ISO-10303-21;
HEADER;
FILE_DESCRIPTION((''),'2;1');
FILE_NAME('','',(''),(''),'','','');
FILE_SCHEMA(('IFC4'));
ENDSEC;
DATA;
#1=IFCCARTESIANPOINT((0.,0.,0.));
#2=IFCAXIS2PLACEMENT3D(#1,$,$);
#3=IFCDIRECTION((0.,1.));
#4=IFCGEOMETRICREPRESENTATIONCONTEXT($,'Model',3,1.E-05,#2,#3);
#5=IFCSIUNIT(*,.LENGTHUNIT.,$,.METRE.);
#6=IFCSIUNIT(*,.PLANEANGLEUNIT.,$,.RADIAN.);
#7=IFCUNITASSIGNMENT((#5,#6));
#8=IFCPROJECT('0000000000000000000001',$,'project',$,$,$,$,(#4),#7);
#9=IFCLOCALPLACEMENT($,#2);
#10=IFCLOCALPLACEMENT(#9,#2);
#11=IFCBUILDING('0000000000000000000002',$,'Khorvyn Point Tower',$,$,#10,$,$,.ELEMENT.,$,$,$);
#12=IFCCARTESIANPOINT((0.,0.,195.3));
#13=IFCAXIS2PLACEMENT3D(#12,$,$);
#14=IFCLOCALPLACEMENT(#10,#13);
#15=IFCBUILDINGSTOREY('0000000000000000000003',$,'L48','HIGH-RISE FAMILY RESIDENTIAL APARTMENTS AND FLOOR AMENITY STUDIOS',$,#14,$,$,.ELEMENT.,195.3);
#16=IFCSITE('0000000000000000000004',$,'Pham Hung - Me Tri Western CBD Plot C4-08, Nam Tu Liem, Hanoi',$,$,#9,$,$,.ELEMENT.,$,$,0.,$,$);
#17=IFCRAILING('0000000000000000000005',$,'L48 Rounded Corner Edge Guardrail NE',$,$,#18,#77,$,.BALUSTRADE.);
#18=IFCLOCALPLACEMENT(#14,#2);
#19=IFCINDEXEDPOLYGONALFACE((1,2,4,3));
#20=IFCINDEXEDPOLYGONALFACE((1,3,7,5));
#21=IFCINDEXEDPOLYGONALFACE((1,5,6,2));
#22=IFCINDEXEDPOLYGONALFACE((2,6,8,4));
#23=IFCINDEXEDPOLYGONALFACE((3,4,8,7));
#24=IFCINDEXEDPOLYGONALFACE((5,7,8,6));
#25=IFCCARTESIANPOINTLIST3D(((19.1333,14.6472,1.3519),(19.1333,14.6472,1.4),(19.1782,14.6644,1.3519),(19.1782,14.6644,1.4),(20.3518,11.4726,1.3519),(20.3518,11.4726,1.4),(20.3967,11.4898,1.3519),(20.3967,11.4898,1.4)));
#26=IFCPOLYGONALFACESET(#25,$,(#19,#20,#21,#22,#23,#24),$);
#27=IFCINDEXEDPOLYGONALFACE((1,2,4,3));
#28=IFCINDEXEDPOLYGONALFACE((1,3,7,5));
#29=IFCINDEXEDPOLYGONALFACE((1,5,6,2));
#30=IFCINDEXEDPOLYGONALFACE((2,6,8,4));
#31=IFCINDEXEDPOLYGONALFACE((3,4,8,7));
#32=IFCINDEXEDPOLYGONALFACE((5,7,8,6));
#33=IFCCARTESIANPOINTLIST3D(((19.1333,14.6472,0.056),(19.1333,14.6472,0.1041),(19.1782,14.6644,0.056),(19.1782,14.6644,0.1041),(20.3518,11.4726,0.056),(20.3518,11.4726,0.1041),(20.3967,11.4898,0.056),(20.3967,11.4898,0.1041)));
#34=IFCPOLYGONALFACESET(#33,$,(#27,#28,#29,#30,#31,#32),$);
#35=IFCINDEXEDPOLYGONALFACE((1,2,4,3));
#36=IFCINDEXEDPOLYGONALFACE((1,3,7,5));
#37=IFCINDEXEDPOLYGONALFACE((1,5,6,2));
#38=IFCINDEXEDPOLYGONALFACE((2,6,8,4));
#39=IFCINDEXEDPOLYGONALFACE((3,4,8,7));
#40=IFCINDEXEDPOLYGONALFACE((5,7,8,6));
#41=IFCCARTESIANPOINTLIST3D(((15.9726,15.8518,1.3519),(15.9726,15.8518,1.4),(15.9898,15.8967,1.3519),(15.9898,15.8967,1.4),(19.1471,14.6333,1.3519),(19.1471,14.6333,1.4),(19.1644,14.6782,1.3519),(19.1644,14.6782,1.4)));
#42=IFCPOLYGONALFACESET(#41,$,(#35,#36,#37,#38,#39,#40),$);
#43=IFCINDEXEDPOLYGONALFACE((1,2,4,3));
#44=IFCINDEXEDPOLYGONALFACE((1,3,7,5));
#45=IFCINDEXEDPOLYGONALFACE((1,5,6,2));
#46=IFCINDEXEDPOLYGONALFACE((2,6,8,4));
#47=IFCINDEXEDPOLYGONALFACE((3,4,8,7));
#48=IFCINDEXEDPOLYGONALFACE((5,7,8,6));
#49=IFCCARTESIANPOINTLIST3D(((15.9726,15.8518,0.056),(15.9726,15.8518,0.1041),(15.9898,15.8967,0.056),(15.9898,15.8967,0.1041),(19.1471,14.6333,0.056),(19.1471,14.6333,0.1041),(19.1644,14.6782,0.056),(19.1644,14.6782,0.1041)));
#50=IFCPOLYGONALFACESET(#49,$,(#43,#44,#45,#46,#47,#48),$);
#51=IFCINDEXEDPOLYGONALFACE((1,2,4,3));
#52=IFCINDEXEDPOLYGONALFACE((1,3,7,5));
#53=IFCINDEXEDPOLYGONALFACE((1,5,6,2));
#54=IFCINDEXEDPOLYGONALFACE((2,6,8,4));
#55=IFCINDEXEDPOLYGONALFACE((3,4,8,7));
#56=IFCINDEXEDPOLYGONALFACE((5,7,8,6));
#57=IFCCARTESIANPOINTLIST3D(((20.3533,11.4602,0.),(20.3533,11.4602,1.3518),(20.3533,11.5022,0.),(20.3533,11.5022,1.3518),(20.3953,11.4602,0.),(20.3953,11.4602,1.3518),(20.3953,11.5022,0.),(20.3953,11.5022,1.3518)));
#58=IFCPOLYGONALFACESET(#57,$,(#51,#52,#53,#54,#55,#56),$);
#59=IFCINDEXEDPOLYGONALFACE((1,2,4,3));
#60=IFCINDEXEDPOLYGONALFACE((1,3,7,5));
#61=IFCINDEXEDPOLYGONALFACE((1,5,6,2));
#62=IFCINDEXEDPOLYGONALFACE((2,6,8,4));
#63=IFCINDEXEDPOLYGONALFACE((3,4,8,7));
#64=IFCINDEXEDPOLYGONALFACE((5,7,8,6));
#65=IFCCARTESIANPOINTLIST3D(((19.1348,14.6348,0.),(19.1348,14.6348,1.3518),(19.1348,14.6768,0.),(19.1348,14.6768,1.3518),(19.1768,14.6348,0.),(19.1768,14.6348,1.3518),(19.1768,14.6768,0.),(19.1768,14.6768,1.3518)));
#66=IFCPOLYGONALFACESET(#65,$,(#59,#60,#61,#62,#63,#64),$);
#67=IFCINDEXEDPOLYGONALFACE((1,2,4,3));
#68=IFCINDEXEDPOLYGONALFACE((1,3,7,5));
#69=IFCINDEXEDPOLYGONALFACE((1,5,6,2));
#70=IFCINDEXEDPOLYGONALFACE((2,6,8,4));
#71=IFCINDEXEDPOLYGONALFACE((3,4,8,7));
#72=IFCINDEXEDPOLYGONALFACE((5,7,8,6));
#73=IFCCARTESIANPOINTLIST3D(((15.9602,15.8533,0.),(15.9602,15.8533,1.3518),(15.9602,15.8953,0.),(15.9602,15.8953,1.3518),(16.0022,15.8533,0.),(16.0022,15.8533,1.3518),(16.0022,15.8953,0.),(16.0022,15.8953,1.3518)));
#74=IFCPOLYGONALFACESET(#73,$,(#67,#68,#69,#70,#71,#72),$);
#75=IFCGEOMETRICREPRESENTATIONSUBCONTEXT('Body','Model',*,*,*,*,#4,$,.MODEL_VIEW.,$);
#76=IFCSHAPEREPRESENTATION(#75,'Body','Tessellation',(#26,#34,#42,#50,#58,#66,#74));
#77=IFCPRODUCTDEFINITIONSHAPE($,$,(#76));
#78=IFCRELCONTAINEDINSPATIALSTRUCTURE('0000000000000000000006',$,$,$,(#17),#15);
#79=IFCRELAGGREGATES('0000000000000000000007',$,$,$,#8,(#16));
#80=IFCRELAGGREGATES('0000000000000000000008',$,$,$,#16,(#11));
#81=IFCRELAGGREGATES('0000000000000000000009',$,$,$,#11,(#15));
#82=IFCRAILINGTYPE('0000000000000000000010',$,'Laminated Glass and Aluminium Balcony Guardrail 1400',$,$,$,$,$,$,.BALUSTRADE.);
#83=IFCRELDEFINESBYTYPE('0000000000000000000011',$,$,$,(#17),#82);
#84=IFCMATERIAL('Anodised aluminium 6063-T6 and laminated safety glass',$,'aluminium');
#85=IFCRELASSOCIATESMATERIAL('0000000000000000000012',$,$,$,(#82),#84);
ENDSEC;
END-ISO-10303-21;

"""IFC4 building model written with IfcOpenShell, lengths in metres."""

from ifc_helpers import new_model, si_unit, direction, frame, origin, origin_2d, place, context, subcontext, project, spatial, rectangle, extrude, material, type_object, element, save


model = new_model("IFC4")

# Units and contexts
model_context = context("Model", 3, precision=1e-05, world=origin(), true_north=direction((0.0, 1.0)))
body_context = subcontext(model_context, "Body", "Model", "MODEL_VIEW")
ifc_project = project(units=[si_unit("LENGTHUNIT", "METRE"), si_unit("PLANEANGLEUNIT", "RADIAN")], contexts=[model_context])

# Site, building, storey
site_placement = place(None, origin())
site = spatial("IfcSite", under=ifc_project, at=site_placement, Name="Pham Hung - Me Tri Western CBD Plot C4-08, Nam Tu Liem, Hanoi", CompositionType="ELEMENT", RefElevation=0.0)
building_placement = place(site_placement, origin())
building = spatial("IfcBuilding", under=site, at=building_placement, Name="Khorvyn Point Tower", CompositionType="ELEMENT")
storey_placement = place(building_placement, frame((0.0, 0.0, 195.3)))
storey = spatial("IfcBuildingStorey", under=building, at=storey_placement, Name="L48", Description="HIGH-RISE FAMILY RESIDENTIAL APARTMENTS AND FLOOR AMENITY STUDIOS", CompositionType="ELEMENT", Elevation=195.3)

# Railing
ifc_material_1 = material(Name="Anodised aluminium 6063-T6 and laminated safety glass", Category="aluminium")
railing_type = type_object("IfcRailingType", Name="Laminated Glass and Aluminium Balcony Guardrail 1400", PredefinedType="BALUSTRADE", material=ifc_material_1)
railing_placement = place(storey_placement, frame((20.3743, 11.4812, 0.0)))
element("IfcRailing", 1, at=railing_placement, inside=storey, type_object=railing_type, Name="L48 Rounded Corner Edge Guardrail NE", PredefinedType="BALUSTRADE", context=body_context, shape_type="SweptSolid", body=[
    extrude(rectangle(XDim=0.0481, YDim=0.0481, at=origin_2d()), frame((0.0, 0.0, 1.376), z_axis=(-0.358344, 0.93359, 0.0), x_axis=(-0.93359, -0.358344, 0.0)), (0.0, 0.0, 1.0), 3.4004),
    extrude(rectangle(XDim=0.0481, YDim=0.0481, at=origin_2d()), frame((0.0, 0.0, 0.0801), z_axis=(-0.358344, 0.93359, 0.0), x_axis=(-0.93359, -0.358344, 0.0)), (0.0, 0.0, 1.0), 3.4004),
    extrude(rectangle(XDim=0.0481, YDim=0.0481, at=origin_2d()), frame((-1.2185, 3.1746, 1.376), z_axis=(-0.93359, 0.358344, 0.0), x_axis=(-0.358344, -0.93359, 0.0)), (0.0, 0.0, 1.0), 3.4004),
    extrude(rectangle(XDim=0.0481, YDim=0.0481, at=origin_2d()), frame((-1.2185, 3.1746, 0.0801), z_axis=(-0.93359, 0.358344, 0.0), x_axis=(-0.358344, -0.93359, 0.0)), (0.0, 0.0, 1.0), 3.4004),
    extrude(rectangle(XDim=0.042, YDim=0.042, at=origin_2d()), origin(), (0.0, 0.0, 1.0), 1.3518),
    extrude(rectangle(XDim=0.042, YDim=0.042, at=origin_2d()), frame((-1.2185, 3.1746, 0.0)), (0.0, 0.0, 1.0), 1.3518),
    extrude(rectangle(XDim=0.042, YDim=0.042, at=origin_2d()), frame((-4.3931, 4.3931, 0.0)), (0.0, 0.0, 1.0), 1.3518),
])

save(model, "model.ifc")
